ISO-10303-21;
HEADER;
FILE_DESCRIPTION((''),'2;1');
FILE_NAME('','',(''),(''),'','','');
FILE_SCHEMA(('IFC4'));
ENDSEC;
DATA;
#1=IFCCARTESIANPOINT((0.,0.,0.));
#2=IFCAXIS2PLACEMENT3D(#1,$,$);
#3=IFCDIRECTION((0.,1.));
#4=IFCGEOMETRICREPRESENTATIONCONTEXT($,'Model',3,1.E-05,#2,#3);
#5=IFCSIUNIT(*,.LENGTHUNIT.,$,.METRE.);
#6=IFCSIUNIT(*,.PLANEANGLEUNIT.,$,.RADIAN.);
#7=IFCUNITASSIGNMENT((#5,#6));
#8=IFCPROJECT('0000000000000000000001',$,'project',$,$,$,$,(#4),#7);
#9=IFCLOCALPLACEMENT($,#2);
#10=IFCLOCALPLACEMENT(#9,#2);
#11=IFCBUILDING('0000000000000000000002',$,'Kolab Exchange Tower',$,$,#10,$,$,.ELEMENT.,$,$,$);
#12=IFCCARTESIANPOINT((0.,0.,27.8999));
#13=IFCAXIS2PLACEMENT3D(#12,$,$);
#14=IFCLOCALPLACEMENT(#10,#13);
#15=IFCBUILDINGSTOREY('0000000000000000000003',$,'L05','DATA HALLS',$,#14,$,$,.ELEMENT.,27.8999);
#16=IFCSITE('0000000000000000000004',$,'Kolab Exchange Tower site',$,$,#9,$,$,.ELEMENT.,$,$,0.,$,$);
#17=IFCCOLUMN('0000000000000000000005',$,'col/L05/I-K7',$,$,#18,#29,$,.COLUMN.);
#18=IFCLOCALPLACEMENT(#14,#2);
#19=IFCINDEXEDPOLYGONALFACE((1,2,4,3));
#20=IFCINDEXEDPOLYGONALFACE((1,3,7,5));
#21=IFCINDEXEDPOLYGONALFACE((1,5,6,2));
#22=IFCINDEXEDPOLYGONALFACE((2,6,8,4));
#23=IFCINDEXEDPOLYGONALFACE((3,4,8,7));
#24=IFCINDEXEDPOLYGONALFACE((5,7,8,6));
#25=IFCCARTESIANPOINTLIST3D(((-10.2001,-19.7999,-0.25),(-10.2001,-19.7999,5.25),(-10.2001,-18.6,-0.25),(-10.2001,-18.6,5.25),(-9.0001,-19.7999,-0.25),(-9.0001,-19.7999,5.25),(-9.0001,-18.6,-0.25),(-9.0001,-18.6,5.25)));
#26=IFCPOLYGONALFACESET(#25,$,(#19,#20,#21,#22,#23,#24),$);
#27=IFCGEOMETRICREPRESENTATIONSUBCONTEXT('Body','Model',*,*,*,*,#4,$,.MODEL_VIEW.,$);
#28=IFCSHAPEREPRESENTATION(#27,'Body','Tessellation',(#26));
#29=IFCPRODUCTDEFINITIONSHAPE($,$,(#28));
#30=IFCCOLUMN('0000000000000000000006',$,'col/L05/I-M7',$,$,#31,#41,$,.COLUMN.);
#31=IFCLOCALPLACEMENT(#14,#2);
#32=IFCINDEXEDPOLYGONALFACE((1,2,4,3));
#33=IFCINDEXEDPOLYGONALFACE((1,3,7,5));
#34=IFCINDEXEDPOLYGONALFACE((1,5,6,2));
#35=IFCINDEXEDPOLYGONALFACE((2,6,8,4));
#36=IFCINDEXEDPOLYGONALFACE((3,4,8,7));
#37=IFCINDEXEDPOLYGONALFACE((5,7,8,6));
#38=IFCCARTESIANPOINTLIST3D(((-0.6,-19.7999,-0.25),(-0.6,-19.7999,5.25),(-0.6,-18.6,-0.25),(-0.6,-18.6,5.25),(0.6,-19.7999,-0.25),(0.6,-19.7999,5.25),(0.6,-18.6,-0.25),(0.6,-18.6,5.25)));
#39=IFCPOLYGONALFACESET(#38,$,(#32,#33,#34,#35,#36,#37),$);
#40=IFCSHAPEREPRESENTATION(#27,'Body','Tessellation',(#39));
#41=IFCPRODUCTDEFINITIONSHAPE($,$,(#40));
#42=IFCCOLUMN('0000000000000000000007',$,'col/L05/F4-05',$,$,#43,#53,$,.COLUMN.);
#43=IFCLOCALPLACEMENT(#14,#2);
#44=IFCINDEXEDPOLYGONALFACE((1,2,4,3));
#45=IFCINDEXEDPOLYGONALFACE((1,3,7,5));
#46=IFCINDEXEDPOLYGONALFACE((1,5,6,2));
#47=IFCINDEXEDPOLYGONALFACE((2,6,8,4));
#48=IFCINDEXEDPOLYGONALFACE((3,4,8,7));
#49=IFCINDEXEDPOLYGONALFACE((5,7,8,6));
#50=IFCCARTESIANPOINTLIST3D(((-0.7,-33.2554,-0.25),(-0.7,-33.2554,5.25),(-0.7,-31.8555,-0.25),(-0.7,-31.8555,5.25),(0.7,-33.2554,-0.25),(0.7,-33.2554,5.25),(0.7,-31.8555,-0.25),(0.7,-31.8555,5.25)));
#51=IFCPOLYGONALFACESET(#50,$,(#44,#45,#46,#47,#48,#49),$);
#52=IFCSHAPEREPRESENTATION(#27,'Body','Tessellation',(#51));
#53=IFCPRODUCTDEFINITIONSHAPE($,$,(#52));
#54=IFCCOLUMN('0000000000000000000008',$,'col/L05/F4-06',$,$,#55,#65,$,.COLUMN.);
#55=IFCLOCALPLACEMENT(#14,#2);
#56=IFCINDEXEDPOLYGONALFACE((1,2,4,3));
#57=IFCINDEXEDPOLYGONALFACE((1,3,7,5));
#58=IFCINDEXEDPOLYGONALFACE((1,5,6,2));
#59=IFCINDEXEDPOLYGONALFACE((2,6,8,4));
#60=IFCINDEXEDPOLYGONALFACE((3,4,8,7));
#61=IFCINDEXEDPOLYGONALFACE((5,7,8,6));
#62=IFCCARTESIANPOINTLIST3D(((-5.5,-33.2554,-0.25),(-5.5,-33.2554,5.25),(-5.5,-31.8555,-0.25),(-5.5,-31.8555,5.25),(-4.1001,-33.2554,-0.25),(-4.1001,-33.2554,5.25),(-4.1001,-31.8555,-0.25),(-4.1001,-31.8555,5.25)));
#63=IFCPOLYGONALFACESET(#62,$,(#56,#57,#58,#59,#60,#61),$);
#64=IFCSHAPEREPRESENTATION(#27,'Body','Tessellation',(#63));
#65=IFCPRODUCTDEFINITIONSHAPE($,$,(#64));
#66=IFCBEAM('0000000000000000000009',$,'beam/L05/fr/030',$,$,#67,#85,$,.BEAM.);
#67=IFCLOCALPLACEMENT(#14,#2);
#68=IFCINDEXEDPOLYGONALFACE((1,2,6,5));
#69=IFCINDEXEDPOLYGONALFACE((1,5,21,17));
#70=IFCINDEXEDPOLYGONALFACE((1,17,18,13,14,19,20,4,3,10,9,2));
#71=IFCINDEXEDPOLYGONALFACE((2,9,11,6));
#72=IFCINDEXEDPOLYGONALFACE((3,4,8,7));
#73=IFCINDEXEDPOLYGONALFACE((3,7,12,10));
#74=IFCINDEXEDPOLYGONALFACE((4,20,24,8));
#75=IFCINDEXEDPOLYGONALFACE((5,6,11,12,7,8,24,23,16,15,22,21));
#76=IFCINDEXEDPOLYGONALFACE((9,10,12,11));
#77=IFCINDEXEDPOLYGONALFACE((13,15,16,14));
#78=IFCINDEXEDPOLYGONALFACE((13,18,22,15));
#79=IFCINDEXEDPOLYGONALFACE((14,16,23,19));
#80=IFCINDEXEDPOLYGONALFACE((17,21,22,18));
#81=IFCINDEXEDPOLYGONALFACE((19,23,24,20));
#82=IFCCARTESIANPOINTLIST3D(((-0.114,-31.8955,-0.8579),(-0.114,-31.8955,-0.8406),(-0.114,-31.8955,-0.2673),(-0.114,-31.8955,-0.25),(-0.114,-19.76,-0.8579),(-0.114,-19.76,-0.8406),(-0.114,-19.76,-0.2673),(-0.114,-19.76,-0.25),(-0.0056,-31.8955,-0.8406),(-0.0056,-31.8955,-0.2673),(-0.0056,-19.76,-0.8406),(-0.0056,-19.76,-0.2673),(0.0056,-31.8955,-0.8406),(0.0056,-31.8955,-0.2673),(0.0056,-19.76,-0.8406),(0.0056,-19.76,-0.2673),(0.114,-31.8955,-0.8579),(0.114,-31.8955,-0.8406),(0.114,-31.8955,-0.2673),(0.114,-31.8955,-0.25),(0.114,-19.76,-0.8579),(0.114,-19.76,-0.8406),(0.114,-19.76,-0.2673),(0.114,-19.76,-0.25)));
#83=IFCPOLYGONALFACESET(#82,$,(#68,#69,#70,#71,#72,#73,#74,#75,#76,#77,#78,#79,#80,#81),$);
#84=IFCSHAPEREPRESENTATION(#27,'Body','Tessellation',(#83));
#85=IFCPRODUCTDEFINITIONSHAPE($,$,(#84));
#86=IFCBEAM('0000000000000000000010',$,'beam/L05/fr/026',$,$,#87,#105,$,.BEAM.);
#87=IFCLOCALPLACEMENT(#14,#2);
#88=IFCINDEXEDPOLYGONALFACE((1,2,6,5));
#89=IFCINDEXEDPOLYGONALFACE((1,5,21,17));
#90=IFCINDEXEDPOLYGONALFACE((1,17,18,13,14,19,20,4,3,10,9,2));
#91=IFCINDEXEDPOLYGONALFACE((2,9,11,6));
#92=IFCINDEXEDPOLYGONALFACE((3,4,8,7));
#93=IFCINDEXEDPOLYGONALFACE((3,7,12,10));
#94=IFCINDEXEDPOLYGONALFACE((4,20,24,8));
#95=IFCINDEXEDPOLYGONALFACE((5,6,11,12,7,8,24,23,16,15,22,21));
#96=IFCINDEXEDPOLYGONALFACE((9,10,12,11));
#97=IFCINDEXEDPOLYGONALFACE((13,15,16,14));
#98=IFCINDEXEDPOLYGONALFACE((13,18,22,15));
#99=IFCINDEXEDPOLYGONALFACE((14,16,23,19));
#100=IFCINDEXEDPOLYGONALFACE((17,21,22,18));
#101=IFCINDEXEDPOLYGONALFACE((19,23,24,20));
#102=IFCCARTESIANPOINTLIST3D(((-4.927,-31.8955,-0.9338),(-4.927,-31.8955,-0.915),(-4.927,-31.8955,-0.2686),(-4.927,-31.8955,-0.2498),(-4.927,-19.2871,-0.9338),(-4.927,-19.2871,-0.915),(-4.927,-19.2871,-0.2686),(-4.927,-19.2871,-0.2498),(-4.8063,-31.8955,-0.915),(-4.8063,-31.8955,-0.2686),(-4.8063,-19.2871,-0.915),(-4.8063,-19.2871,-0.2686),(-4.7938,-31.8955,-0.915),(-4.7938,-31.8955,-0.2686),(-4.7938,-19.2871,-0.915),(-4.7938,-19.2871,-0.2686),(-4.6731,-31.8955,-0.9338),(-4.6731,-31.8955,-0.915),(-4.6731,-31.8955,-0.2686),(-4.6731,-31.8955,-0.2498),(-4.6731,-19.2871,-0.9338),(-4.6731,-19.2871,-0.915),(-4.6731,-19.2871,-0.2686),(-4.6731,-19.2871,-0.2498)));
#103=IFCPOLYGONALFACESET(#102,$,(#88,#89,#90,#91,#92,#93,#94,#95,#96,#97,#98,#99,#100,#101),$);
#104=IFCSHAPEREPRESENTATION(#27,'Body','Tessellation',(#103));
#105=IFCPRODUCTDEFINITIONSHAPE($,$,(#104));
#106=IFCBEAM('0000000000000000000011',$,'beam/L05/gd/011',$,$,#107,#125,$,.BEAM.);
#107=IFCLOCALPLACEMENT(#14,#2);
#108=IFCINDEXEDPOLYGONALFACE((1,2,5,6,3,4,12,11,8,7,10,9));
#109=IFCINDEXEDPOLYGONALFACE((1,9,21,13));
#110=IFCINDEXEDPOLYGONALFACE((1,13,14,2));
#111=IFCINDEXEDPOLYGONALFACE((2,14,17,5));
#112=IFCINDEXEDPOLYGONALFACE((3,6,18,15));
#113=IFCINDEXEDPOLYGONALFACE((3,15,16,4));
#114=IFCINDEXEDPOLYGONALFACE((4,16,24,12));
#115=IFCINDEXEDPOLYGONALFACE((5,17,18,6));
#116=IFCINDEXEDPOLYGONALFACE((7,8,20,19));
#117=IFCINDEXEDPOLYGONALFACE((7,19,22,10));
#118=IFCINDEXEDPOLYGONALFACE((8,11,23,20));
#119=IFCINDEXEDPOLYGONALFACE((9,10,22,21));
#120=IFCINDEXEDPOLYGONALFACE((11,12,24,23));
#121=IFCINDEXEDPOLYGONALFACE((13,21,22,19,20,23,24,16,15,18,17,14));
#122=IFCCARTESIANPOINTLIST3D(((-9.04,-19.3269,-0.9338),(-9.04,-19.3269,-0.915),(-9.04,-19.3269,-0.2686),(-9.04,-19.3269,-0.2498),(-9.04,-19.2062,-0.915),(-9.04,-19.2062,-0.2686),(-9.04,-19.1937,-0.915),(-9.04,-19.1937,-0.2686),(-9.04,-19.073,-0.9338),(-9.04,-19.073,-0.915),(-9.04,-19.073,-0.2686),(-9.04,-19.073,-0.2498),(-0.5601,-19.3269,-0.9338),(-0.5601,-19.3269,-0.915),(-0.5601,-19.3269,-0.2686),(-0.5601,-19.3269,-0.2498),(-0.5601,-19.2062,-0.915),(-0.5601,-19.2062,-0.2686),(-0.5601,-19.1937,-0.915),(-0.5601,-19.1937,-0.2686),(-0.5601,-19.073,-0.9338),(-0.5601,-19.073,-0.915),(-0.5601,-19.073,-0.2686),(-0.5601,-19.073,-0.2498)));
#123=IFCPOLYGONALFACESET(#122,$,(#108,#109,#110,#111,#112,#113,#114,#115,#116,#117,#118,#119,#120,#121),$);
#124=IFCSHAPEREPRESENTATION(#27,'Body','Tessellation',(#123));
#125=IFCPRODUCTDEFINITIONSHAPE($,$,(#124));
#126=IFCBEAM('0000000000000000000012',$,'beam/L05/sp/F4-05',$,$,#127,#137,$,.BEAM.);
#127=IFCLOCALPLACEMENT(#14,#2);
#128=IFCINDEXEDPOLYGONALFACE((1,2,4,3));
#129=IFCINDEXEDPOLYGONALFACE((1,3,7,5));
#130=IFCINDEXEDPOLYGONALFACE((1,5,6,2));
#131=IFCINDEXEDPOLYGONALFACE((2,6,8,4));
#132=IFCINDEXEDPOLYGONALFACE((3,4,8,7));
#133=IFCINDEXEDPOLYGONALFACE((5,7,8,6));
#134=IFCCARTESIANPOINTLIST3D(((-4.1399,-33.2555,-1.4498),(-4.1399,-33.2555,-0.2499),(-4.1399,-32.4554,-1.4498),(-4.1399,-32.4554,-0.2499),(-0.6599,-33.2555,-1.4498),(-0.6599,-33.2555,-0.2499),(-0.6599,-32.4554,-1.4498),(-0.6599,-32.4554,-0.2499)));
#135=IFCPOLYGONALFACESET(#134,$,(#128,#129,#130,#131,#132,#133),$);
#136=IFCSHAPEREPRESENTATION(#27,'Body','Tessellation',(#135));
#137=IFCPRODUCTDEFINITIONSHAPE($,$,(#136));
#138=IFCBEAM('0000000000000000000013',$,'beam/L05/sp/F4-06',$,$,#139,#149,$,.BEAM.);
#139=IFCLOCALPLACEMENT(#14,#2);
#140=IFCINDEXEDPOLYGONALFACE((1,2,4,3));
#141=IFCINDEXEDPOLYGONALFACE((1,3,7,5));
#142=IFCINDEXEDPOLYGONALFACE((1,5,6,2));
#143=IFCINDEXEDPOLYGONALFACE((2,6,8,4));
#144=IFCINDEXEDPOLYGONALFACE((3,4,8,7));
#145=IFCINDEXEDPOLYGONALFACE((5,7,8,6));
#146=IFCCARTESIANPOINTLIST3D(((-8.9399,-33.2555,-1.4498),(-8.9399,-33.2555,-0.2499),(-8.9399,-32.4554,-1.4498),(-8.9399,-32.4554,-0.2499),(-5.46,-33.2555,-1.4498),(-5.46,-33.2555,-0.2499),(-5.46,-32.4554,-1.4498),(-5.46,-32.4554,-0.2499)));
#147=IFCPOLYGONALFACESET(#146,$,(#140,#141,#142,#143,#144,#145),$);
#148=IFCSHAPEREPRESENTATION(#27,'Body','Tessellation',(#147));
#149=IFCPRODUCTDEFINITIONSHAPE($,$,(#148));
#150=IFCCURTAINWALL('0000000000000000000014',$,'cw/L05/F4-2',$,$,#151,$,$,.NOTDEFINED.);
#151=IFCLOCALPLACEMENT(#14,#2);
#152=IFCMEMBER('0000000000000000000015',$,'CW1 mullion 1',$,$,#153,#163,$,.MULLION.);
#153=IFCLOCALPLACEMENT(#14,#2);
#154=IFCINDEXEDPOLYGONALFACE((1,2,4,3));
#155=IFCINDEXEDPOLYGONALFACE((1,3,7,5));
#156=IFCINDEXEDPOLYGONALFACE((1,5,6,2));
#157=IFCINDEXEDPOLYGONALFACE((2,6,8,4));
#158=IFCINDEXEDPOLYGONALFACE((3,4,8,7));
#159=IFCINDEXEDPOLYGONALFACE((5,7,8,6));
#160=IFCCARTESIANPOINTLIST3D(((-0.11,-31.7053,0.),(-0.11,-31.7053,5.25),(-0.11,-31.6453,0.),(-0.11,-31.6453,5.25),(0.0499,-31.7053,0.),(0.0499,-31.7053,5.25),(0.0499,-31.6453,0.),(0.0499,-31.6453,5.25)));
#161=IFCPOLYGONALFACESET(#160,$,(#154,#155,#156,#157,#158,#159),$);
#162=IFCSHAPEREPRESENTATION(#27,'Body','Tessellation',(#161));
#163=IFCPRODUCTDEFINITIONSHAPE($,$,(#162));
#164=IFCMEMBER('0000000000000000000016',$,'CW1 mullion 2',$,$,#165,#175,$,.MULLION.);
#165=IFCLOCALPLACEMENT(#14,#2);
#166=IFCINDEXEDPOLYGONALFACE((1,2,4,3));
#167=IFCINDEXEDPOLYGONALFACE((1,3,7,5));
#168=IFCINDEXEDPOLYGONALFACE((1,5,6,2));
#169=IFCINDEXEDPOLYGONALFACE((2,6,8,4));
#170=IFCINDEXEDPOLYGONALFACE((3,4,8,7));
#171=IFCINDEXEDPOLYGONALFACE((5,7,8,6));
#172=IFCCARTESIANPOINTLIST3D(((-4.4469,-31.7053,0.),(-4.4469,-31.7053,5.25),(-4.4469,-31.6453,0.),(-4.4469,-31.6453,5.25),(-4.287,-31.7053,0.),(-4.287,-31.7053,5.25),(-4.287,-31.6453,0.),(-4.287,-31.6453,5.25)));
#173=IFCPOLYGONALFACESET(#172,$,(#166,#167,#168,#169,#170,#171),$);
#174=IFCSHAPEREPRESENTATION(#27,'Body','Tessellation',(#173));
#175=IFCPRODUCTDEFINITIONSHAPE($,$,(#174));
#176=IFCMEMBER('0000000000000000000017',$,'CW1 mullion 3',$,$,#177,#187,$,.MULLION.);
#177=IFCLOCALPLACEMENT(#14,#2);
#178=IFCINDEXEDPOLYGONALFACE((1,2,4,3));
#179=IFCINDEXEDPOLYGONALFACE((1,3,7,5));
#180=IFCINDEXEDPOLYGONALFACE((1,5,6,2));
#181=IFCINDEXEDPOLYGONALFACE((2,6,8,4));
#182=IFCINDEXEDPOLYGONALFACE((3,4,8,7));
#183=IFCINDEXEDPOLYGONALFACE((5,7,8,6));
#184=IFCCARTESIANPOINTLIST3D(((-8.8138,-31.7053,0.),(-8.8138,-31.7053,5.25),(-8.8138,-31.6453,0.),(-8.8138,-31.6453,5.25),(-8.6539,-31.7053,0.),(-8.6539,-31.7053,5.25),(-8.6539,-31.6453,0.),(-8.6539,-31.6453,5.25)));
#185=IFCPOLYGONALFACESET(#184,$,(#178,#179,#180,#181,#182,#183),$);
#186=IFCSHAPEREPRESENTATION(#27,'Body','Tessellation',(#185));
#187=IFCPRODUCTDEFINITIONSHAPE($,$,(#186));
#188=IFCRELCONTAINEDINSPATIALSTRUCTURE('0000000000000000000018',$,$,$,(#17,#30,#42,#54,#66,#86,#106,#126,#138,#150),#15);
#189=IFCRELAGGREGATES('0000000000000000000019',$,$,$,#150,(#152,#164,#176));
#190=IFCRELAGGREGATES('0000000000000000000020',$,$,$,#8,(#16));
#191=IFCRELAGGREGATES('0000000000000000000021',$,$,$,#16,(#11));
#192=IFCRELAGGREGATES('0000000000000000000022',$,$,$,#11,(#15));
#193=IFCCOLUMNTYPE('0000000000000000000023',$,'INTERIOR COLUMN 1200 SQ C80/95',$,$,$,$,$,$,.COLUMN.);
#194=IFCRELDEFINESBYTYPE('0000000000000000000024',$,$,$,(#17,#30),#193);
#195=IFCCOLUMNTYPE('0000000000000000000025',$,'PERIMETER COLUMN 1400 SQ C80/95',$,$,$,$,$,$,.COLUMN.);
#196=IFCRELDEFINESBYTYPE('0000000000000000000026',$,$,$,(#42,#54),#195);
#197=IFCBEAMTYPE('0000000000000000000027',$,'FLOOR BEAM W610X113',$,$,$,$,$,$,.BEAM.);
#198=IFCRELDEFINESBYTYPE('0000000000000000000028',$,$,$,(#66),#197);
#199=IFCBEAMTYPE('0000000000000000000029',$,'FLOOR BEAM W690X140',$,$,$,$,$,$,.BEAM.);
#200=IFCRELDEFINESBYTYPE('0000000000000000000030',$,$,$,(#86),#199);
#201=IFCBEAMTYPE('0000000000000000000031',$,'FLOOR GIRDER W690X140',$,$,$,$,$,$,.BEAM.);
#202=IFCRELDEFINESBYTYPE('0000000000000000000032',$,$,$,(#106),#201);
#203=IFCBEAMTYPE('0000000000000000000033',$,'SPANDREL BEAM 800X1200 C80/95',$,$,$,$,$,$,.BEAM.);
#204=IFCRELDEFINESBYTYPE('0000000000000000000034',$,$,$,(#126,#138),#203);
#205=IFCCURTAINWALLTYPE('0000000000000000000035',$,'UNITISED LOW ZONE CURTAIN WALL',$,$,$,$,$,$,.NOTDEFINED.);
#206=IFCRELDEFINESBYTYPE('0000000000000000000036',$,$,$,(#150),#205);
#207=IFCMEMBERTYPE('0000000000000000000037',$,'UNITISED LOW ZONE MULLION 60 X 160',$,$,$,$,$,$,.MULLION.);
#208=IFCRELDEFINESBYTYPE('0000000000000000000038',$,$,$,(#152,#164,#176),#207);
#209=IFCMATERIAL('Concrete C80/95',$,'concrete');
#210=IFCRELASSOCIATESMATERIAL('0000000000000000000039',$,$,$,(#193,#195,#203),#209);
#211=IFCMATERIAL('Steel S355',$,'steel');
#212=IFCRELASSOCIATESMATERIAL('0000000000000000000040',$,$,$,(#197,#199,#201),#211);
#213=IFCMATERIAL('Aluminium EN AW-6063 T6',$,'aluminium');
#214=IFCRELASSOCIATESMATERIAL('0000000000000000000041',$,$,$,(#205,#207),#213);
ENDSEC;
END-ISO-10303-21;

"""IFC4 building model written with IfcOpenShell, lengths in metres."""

from ifc_helpers import new_model, si_unit, direction, frame, origin, origin_2d, place, context, subcontext, project, spatial, rectangle, i_section, extrude, material, material_profile, profile_set, type_object, element, aggregate, save


model = new_model("IFC4")

# Units and contexts
model_context = context("Model", 3, precision=1e-05, world=origin(), true_north=direction((0.0, 1.0)))
body_context = subcontext(model_context, "Body", "Model", "MODEL_VIEW")
ifc_project = project(units=[si_unit("LENGTHUNIT", "METRE"), si_unit("PLANEANGLEUNIT", "RADIAN")], contexts=[model_context])

# Site, building, storey
site_placement = place(None, origin())
site = spatial("IfcSite", under=ifc_project, at=site_placement, Name="Kolab Exchange Tower site", CompositionType="ELEMENT", RefElevation=0.0)
building_placement = place(site_placement, origin())
building = spatial("IfcBuilding", under=site, at=building_placement, Name="Kolab Exchange Tower", CompositionType="ELEMENT")
storey_placement = place(building_placement, frame((0.0, 0.0, 27.8999)))
storey = spatial("IfcBuildingStorey", under=building, at=storey_placement, Name="L05", Description="DATA HALLS", CompositionType="ELEMENT", Elevation=27.8999)

# Columns
ifc_material_1 = material(Name="Concrete C80/95", Category="concrete")
ifc_material_profile_1 = material_profile(ifc_material_1, rectangle(XDim=1.2, YDim=1.2, at=origin_2d()), Name="RC1200")
ifc_profile_set_1 = profile_set([ifc_material_profile_1], Name="Concrete C80/95")
column_type_1 = type_object("IfcColumnType", Name="INTERIOR COLUMN 1200 SQ C80/95", PredefinedType="COLUMN", material=ifc_profile_set_1)
for number, where, z_axis, x_axis, name in (
    (1, (-9.6001, -19.2, -0.25), (0.0, 0.0, 1.0), (1.0, 0.0, 0.0), "col/L05/I-K7"),
    (2, (0.0, -19.2, -0.25), (0.0, 0.0, 1.0), (1.0, 0.0, 0.0), "col/L05/I-M7"),
):
    element("IfcColumn", number, at=place(storey_placement, frame(where, z_axis=z_axis, x_axis=x_axis)), inside=storey, type_object=column_type_1, Name=name, PredefinedType="COLUMN", context=body_context, shape_type="SweptSolid", body=[
        extrude(rectangle(XDim=1.2, YDim=1.2, at=origin_2d()), origin(), (0.0, 0.0, 1.0), 5.5),
    ])
ifc_material_profile_2 = material_profile(ifc_material_1, rectangle(XDim=1.3999, YDim=1.3999, at=origin_2d()), Name="RC1400")
ifc_profile_set_2 = profile_set([ifc_material_profile_2], Name="Concrete C80/95")
column_type_2 = type_object("IfcColumnType", Name="PERIMETER COLUMN 1400 SQ C80/95", PredefinedType="COLUMN", material=ifc_profile_set_2)
for number, where, z_axis, x_axis, name in (
    (3, (0.0, -32.5554, -0.25), (0.0, 0.0, 1.0), (1.0, 0.0, 0.0), "col/L05/F4-05"),
    (4, (-4.8, -32.5554, -0.25), (0.0, 0.0, 1.0), (1.0, 0.0, 0.0), "col/L05/F4-06"),
):
    element("IfcColumn", number, at=place(storey_placement, frame(where, z_axis=z_axis, x_axis=x_axis)), inside=storey, type_object=column_type_2, Name=name, PredefinedType="COLUMN", context=body_context, shape_type="SweptSolid", body=[
        extrude(rectangle(XDim=1.3999, YDim=1.3999, at=origin_2d()), origin(), (0.0, 0.0, 1.0), 5.5),
    ])

# Beams
ifc_material_2 = material(Name="Steel S355", Category="steel")
ifc_material_profile_3 = material_profile(ifc_material_2, i_section(OverallWidth=0.228, OverallDepth=0.6079, WebThickness=0.0112, FlangeThickness=0.0173, at=origin_2d()), Name="W610X113")
ifc_profile_set_3 = profile_set([ifc_material_profile_3], Name="Steel S355")
beam_type_1 = type_object("IfcBeamType", Name="FLOOR BEAM W610X113", PredefinedType="BEAM", material=ifc_profile_set_3)
beam_1_placement = place(storey_placement, frame((0.0, -31.8955, -0.554), z_axis=(0.0, 1.0, 0.0), x_axis=(-1.0, 0.0, 0.0)))
element("IfcBeam", 5, at=beam_1_placement, inside=storey, type_object=beam_type_1, Name="beam/L05/fr/030", PredefinedType="BEAM", context=body_context, shape_type="SweptSolid", body=[
    extrude(i_section(OverallWidth=0.228, OverallDepth=0.6079, WebThickness=0.0112, FlangeThickness=0.0173, at=origin_2d()), origin(), (0.0, 0.0, 1.0), 12.1355),
])
ifc_material_profile_4 = material_profile(ifc_material_2, i_section(OverallWidth=0.2539, OverallDepth=0.6841, WebThickness=0.0125, FlangeThickness=0.0188, at=origin_2d()), Name="W690X140")
ifc_profile_set_4 = profile_set([ifc_material_profile_4], Name="Steel S355")
beam_type_2 = type_object("IfcBeamType", Name="FLOOR BEAM W690X140", PredefinedType="BEAM", material=ifc_profile_set_4)
beam_2_placement = place(storey_placement, frame((-4.8, -31.8955, -0.5918), z_axis=(0.0, 1.0, 0.0), x_axis=(-1.0, 0.0, 0.0)))
element("IfcBeam", 6, at=beam_2_placement, inside=storey, type_object=beam_type_2, Name="beam/L05/fr/026", PredefinedType="BEAM", context=body_context, shape_type="SweptSolid", body=[
    extrude(i_section(OverallWidth=0.2539, OverallDepth=0.6841, WebThickness=0.0125, FlangeThickness=0.0188, at=origin_2d()), origin(), (0.0, 0.0, 1.0), 12.6084),
])
ifc_material_profile_5 = material_profile(ifc_material_2, i_section(OverallWidth=0.2539, OverallDepth=0.6841, WebThickness=0.0125, FlangeThickness=0.0188, at=origin_2d()), Name="W690X140")
ifc_profile_set_5 = profile_set([ifc_material_profile_5], Name="Steel S355")
beam_type_3 = type_object("IfcBeamType", Name="FLOOR GIRDER W690X140", PredefinedType="BEAM", material=ifc_profile_set_5)
beam_3_placement = place(storey_placement, frame((-9.04, -19.2, -0.5918), z_axis=(1.0, 0.0, 0.0), x_axis=(0.0, 1.0, 0.0)))
element("IfcBeam", 7, at=beam_3_placement, inside=storey, type_object=beam_type_3, Name="beam/L05/gd/011", PredefinedType="BEAM", context=body_context, shape_type="SweptSolid", body=[
    extrude(i_section(OverallWidth=0.2539, OverallDepth=0.6841, WebThickness=0.0125, FlangeThickness=0.0188, at=origin_2d()), origin(), (0.0, 0.0, 1.0), 8.48),
])
ifc_material_profile_6 = material_profile(ifc_material_1, rectangle(XDim=0.8, YDim=1.2, at=origin_2d()), Name="RC800X1200")
ifc_profile_set_6 = profile_set([ifc_material_profile_6], Name="Concrete C80/95")
beam_type_4 = type_object("IfcBeamType", Name="SPANDREL BEAM 800X1200 C80/95", PredefinedType="BEAM", material=ifc_profile_set_6)
for number, where, z_axis, x_axis, name in (
    (8, (-0.6599, -32.8555, -0.8499), (-1.0, 0.0, 0.0), (0.0, -1.0, 0.0), "beam/L05/sp/F4-05"),
    (9, (-5.46, -32.8555, -0.8499), (-1.0, 0.0, 0.0), (0.0, -1.0, 0.0), "beam/L05/sp/F4-06"),
):
    element("IfcBeam", number, at=place(storey_placement, frame(where, z_axis=z_axis, x_axis=x_axis)), inside=storey, type_object=beam_type_4, Name=name, PredefinedType="BEAM", context=body_context, shape_type="SweptSolid", body=[
        extrude(rectangle(XDim=0.8, YDim=1.2, at=origin_2d()), origin(), (0.0, 0.0, 1.0), 3.48),
    ])

# Curtain wall, members
ifc_material_3 = material(Name="Aluminium EN AW-6063 T6", Category="aluminium")
curtain_wall_type = type_object("IfcCurtainWallType", Name="UNITISED LOW ZONE CURTAIN WALL", PredefinedType="NOTDEFINED", material=ifc_material_3)
curtain_wall_placement = place(storey_placement, origin())
curtain_wall = element("IfcCurtainWall", 10, at=curtain_wall_placement, inside=storey, type_object=curtain_wall_type, Name="cw/L05/F4-2", PredefinedType="NOTDEFINED")
ifc_material_profile_7 = material_profile(ifc_material_3, rectangle(XDim=0.0601, YDim=0.1599, at=origin_2d()), Name="RECT 60X160")
ifc_profile_set_7 = profile_set([ifc_material_profile_7], Name="Aluminium EN AW-6063 T6")
member_type_1 = type_object("IfcMemberType", Name="UNITISED LOW ZONE MULLION 60 X 160", PredefinedType="MULLION", material=ifc_profile_set_7)
member_1_placement = place(storey_placement, frame((-0.03, -31.6753, 0.0), z_axis=(0.0, 0.0, 1.0), x_axis=(0.0, -1.0, 0.0)))
member_1 = element("IfcMember", 11, at=member_1_placement, type_object=member_type_1, Name="CW1 mullion 1", PredefinedType="MULLION", context=body_context, shape_type="SweptSolid", body=[
    extrude(rectangle(XDim=0.0601, YDim=0.1599, at=origin_2d()), origin(), (0.0, 0.0, 1.0), 5.25),
])
member_2_placement = place(storey_placement, frame((-4.3669, -31.6753, 0.0), z_axis=(0.0, 0.0, 1.0), x_axis=(0.0, -1.0, 0.0)))
member_2 = element("IfcMember", 12, at=member_2_placement, type_object=member_type_1, Name="CW1 mullion 2", PredefinedType="MULLION", context=body_context, shape_type="SweptSolid", body=[
    extrude(rectangle(XDim=0.0601, YDim=0.1599, at=origin_2d()), origin(), (0.0, 0.0, 1.0), 5.25),
])
member_3_placement = place(storey_placement, frame((-8.7339, -31.6753, 0.0), z_axis=(0.0, 0.0, 1.0), x_axis=(0.0, -1.0, 0.0)))
member_3 = element("IfcMember", 13, at=member_3_placement, type_object=member_type_1, Name="CW1 mullion 3", PredefinedType="MULLION", context=body_context, shape_type="SweptSolid", body=[
    extrude(rectangle(XDim=0.0601, YDim=0.1599, at=origin_2d()), origin(), (0.0, 0.0, 1.0), 5.25),
])
aggregate(curtain_wall, [member_1, member_2, member_3])

save(model, "model.ifc")
